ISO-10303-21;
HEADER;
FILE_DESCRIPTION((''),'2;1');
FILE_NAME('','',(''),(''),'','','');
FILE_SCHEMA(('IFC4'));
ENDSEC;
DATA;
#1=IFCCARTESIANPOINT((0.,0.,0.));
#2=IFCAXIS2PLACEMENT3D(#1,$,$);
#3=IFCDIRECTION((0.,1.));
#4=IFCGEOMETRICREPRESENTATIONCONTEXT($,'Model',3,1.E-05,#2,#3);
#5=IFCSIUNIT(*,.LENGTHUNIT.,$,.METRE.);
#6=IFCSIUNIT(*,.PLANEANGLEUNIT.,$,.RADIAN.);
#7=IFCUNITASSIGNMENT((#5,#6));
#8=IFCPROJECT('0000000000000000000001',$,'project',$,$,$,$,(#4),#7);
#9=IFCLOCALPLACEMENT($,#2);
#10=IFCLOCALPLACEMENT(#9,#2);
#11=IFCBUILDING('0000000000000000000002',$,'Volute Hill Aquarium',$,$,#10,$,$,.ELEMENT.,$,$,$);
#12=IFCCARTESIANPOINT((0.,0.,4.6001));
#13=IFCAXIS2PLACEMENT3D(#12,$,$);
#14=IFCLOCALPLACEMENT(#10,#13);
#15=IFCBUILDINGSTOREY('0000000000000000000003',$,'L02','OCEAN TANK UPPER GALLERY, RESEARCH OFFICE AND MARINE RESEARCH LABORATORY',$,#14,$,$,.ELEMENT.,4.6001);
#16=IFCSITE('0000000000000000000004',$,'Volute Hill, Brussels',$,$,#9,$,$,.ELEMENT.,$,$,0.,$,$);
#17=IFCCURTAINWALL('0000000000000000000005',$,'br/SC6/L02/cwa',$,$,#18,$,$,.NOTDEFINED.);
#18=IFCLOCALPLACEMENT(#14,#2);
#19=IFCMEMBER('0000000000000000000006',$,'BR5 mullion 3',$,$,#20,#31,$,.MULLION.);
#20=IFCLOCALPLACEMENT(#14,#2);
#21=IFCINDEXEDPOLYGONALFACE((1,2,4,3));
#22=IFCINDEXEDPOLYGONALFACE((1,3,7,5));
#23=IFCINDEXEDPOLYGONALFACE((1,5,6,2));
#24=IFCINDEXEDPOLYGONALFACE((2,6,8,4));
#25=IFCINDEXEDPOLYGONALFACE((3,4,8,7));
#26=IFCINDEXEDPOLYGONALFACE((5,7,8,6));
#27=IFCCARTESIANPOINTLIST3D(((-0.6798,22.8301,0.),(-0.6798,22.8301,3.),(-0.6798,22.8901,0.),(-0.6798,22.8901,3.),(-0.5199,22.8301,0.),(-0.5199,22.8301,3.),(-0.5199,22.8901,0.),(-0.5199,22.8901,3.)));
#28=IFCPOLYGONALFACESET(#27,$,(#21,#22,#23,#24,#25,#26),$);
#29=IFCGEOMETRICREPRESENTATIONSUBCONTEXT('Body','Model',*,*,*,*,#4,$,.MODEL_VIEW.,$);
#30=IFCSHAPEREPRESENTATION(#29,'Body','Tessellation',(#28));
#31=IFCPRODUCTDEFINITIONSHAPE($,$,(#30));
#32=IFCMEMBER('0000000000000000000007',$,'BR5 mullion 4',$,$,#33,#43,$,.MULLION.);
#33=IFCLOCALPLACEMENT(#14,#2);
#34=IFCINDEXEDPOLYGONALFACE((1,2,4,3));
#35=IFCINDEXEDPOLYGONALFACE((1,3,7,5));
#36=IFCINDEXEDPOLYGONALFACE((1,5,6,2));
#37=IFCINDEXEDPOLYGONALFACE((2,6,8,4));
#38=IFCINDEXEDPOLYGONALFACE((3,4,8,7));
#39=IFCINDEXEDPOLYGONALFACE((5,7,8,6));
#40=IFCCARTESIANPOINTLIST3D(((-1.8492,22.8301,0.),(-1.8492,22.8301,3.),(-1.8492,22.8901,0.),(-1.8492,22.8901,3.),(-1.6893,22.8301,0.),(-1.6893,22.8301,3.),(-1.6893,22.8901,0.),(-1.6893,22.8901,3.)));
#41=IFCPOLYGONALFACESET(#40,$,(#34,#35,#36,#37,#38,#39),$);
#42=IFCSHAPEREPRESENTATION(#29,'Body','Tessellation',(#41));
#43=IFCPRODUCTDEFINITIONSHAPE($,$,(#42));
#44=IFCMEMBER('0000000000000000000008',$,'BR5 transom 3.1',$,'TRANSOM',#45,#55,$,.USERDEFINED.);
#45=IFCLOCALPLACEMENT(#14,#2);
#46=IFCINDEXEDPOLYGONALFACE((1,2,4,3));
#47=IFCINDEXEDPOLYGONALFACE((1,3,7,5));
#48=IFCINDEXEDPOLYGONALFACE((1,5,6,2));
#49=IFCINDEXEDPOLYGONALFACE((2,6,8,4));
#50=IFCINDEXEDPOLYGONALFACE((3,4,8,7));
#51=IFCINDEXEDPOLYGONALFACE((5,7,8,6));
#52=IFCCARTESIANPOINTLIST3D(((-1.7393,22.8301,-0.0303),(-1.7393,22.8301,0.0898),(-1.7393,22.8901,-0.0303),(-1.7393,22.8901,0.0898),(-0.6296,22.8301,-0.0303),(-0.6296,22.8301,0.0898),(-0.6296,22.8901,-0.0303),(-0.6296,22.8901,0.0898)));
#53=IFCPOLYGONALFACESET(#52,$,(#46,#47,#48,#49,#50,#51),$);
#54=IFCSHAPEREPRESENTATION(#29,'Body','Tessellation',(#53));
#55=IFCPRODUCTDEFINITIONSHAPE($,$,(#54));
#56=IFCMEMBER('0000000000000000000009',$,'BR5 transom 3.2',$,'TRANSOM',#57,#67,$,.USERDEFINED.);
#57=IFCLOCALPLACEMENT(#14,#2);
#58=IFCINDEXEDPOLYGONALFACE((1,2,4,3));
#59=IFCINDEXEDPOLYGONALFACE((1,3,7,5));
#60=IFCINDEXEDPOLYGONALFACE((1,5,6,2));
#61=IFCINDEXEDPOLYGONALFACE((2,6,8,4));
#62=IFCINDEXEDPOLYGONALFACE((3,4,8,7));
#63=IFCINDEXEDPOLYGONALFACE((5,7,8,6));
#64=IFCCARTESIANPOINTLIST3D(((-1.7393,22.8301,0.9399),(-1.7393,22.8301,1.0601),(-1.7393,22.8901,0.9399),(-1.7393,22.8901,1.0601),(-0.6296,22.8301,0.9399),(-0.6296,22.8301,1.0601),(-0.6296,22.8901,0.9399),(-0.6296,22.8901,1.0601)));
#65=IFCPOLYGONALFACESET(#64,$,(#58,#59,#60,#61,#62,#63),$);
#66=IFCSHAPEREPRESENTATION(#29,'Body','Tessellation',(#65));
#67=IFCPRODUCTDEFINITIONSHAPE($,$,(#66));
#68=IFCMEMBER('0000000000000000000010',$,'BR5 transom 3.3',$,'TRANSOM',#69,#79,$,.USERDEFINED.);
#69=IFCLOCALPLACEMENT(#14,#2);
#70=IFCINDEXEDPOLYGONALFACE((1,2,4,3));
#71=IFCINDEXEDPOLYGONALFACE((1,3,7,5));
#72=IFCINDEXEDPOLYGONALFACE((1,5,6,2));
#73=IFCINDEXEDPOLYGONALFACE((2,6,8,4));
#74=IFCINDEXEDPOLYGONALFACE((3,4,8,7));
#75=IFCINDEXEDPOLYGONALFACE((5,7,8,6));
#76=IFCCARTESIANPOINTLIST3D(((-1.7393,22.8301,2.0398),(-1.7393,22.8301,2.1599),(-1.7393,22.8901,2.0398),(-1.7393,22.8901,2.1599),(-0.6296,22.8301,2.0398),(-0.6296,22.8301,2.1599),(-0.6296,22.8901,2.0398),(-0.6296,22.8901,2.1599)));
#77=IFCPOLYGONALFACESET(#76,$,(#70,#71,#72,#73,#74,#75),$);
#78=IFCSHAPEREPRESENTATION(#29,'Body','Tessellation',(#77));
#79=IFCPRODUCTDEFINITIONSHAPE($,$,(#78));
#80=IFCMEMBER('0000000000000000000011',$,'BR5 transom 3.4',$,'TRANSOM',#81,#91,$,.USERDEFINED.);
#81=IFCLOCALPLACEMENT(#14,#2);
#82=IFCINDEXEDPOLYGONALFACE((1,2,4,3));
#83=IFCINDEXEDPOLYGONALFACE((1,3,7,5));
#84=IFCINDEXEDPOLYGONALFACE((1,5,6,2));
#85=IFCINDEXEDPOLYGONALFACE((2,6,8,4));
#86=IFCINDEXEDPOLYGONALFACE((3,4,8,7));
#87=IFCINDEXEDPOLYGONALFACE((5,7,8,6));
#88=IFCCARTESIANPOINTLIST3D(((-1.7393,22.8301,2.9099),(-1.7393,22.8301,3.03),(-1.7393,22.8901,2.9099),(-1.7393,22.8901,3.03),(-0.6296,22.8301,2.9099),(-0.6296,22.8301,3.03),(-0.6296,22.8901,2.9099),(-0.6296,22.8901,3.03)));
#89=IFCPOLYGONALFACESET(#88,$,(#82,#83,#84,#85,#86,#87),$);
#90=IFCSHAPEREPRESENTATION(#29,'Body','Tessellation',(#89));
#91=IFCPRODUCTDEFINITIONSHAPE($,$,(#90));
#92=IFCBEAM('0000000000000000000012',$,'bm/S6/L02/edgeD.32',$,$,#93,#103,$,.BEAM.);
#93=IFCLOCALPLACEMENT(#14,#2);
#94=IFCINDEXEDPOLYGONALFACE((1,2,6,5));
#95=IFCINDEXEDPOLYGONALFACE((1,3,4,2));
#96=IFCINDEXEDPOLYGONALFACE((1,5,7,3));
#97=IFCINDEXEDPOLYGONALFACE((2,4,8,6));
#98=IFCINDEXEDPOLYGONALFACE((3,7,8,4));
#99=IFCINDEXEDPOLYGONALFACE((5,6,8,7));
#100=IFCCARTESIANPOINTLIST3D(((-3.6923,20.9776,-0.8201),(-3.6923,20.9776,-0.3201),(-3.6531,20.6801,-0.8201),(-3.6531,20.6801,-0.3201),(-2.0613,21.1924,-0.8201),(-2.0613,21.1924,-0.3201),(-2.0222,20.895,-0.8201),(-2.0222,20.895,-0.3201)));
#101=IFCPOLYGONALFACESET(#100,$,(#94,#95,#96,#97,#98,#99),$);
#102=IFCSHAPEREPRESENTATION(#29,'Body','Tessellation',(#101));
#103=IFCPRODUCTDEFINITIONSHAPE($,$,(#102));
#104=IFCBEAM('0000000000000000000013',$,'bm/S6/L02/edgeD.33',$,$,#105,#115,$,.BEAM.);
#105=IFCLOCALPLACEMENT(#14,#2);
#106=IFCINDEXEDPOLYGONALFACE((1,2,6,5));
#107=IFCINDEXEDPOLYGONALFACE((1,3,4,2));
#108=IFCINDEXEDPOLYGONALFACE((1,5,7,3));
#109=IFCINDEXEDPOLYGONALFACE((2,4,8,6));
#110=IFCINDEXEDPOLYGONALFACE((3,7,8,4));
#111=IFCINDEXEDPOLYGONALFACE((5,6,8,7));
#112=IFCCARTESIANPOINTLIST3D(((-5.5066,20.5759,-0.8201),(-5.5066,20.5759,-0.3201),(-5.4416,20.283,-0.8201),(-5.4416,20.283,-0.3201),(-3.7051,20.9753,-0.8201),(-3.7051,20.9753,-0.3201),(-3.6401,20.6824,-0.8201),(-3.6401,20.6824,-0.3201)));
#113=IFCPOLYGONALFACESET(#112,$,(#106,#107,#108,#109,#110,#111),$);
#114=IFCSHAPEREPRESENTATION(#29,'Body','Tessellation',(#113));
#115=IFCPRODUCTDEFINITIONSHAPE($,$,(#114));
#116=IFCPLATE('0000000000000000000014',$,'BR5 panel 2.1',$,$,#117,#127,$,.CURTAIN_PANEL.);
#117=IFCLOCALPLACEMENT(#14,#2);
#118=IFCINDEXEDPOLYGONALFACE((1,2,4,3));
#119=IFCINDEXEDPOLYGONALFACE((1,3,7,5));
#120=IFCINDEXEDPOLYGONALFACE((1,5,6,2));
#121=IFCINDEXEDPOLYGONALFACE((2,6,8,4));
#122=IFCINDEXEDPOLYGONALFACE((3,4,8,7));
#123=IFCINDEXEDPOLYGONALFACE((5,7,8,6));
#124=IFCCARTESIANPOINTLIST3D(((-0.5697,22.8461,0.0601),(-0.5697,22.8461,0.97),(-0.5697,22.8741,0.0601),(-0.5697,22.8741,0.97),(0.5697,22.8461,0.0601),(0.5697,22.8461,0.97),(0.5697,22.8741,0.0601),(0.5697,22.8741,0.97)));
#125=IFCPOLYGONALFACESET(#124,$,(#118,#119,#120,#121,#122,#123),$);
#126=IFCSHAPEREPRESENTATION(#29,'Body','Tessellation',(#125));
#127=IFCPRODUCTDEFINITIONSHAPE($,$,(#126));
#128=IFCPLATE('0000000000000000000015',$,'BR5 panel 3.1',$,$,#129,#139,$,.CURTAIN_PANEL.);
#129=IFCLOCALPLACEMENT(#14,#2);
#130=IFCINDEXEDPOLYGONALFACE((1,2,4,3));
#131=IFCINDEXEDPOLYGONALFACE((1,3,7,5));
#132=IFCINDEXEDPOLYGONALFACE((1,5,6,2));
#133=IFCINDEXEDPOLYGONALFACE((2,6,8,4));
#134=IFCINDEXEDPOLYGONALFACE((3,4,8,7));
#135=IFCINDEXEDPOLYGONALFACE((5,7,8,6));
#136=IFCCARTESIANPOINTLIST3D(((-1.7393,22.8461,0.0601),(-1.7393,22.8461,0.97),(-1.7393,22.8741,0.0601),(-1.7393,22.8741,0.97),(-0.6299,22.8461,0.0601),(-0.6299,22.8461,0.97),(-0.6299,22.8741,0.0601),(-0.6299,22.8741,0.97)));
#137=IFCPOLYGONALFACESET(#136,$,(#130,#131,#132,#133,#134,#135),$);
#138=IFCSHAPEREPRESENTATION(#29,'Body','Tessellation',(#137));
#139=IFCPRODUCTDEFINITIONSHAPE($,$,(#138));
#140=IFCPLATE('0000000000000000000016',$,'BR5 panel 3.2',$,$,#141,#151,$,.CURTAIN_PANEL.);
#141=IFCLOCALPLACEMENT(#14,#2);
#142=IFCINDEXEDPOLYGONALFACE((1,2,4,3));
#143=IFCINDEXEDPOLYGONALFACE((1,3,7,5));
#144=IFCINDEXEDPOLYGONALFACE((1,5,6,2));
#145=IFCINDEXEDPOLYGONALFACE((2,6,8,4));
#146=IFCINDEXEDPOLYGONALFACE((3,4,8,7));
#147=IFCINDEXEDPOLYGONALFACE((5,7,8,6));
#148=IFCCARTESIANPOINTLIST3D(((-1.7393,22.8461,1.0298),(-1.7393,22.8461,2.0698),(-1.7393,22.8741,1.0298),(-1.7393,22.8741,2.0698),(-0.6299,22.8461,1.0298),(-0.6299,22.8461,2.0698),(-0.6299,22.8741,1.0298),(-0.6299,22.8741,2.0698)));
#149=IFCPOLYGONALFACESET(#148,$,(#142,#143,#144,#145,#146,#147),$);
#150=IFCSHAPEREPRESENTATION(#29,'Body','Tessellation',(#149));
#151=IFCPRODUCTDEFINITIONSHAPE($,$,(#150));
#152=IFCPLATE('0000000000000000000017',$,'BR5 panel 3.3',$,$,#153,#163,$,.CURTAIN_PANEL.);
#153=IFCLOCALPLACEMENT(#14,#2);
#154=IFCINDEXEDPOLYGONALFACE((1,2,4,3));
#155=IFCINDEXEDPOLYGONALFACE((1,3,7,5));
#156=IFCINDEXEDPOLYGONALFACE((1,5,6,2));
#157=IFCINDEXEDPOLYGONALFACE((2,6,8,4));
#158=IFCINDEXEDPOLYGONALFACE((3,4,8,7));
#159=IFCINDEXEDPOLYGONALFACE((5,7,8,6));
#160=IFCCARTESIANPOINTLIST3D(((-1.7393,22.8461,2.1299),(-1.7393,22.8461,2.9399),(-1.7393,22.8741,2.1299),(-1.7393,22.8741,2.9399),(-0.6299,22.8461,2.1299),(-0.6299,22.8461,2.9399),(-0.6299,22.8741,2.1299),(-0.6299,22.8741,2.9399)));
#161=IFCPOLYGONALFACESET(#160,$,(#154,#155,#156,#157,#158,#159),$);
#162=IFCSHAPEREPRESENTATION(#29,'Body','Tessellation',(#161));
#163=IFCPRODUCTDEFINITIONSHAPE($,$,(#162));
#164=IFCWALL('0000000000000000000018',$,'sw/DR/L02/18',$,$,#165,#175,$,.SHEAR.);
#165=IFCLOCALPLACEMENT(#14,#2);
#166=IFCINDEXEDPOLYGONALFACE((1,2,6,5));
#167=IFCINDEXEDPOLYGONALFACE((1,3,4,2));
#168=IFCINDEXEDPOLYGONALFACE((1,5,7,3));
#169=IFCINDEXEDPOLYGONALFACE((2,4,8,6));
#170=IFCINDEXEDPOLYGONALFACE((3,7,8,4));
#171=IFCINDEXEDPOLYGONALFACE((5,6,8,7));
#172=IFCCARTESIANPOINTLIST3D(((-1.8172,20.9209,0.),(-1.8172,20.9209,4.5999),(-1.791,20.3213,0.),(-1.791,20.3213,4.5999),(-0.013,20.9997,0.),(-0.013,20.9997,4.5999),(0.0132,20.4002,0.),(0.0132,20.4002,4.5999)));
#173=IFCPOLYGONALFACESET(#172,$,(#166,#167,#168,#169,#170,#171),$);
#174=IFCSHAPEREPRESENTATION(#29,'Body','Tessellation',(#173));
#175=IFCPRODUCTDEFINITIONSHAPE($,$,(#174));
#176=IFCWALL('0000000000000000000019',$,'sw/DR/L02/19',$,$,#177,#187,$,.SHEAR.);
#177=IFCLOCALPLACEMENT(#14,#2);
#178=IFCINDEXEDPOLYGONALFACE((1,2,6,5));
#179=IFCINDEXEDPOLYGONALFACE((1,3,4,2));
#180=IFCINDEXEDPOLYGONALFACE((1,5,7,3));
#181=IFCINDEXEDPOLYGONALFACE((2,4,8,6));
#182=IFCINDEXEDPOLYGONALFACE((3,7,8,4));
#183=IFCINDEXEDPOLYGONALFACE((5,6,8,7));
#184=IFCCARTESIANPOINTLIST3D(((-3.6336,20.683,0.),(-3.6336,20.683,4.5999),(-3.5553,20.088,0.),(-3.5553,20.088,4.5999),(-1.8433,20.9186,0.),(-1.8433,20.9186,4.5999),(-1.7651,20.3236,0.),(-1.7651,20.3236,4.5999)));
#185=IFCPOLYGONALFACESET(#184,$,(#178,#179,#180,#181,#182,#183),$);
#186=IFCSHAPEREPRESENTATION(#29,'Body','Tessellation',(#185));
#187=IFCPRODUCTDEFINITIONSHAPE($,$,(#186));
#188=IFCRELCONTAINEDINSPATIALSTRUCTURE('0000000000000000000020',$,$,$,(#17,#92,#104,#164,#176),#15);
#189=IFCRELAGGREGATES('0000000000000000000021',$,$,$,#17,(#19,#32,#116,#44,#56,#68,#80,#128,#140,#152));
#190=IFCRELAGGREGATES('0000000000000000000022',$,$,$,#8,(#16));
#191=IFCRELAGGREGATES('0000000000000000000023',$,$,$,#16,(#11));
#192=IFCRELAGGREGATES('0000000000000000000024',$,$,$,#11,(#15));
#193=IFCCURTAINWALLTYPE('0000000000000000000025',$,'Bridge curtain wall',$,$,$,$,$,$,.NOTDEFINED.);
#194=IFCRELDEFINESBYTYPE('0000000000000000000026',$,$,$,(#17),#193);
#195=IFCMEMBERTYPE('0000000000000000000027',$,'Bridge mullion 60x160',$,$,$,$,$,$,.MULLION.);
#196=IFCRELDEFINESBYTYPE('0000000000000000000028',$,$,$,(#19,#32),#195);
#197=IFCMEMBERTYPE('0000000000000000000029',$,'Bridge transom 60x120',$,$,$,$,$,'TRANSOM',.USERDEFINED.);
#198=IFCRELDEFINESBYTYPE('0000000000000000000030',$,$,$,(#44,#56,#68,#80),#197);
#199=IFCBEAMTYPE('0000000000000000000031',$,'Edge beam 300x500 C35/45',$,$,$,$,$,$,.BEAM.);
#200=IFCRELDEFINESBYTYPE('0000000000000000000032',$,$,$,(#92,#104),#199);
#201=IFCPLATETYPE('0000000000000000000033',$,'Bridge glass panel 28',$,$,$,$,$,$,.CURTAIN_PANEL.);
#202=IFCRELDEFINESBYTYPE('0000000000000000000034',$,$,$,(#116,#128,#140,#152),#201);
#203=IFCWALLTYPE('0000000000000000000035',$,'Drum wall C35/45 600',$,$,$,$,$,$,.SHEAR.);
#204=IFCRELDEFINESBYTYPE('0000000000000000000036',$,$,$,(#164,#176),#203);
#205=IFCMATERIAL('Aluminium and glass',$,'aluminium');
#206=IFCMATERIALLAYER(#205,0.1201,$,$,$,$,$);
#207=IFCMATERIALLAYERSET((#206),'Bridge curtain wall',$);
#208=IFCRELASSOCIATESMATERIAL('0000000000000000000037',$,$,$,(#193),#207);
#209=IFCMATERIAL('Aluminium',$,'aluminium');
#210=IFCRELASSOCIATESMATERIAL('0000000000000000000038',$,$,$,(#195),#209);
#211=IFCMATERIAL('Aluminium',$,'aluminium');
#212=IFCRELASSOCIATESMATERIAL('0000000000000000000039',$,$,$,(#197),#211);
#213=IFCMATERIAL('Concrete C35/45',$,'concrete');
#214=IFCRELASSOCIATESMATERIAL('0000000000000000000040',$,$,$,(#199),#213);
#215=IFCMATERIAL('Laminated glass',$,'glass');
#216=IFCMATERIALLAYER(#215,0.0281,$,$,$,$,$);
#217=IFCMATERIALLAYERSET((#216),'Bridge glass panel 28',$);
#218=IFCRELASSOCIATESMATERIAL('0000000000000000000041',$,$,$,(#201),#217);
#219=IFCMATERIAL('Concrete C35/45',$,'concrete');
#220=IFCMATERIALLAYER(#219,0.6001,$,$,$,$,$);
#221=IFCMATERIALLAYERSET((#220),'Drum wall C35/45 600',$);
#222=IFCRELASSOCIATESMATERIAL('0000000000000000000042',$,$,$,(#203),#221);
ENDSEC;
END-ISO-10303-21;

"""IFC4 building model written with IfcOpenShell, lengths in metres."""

from ifc_helpers import new_model, si_unit, direction, frame, frame_2d, origin, origin_2d, place, context, subcontext, project, spatial, rectangle, extrude, material, layer, layer_set, material_profile, profile_set, type_object, element, aggregate, save


model = new_model("IFC4")

# Units and contexts
model_context = context("Model", 3, precision=1e-05, world=origin(), true_north=direction((0.0, 1.0)))
body_context = subcontext(model_context, "Body", "Model", "MODEL_VIEW")
ifc_project = project(units=[si_unit("LENGTHUNIT", "METRE"), si_unit("PLANEANGLEUNIT", "RADIAN")], contexts=[model_context])

# Site, building, storey
site_placement = place(None, origin())
site = spatial("IfcSite", under=ifc_project, at=site_placement, Name="Volute Hill, Brussels", CompositionType="ELEMENT", RefElevation=0.0)
building_placement = place(site_placement, origin())
building = spatial("IfcBuilding", under=site, at=building_placement, Name="Volute Hill Aquarium", CompositionType="ELEMENT")
storey_placement = place(building_placement, frame((0.0, 0.0, 4.6001)))
storey = spatial("IfcBuildingStorey", under=building, at=storey_placement, Name="L02", Description="OCEAN TANK UPPER GALLERY, RESEARCH OFFICE AND MARINE RESEARCH LABORATORY", CompositionType="ELEMENT", Elevation=4.6001)

# Curtain wall, members
ifc_material_1 = material(Name="Aluminium and glass", Category="aluminium")
ifc_layer_1 = layer(ifc_material_1, 0.1201)
ifc_layer_set_1 = layer_set([ifc_layer_1], Name="Bridge curtain wall")
curtain_wall_type = type_object("IfcCurtainWallType", Name="Bridge curtain wall", PredefinedType="NOTDEFINED", material=ifc_layer_set_1)
curtain_wall_placement = place(storey_placement, origin())
curtain_wall = element("IfcCurtainWall", 1, at=curtain_wall_placement, inside=storey, type_object=curtain_wall_type, Name="br/SC6/L02/cwa", PredefinedType="NOTDEFINED")
ifc_material_2 = material(Name="Aluminium", Category="aluminium")
ifc_material_profile_1 = material_profile(ifc_material_2, rectangle(XDim=0.0601, YDim=0.1599, at=origin_2d()), Name="Aluminium mullion 60x160")
ifc_profile_set_1 = profile_set([ifc_material_profile_1], Name="Aluminium")
member_type_1 = type_object("IfcMemberType", Name="Bridge mullion 60x160", PredefinedType="MULLION", material=ifc_profile_set_1)
member_1_placement = place(storey_placement, frame((-0.5999, 22.8601, 0.0), z_axis=(0.0, 0.0, 1.0), x_axis=(0.0, -1.0, 0.0)))
member_1 = element("IfcMember", 2, at=member_1_placement, type_object=member_type_1, Name="BR5 mullion 3", PredefinedType="MULLION", context=body_context, shape_type="SweptSolid", body=[
    extrude(rectangle(XDim=0.0601, YDim=0.1599, at=origin_2d()), origin(), (0.0, 0.0, 1.0), 3.0),
])
member_2_placement = place(storey_placement, frame((-1.7693, 22.8601, 0.0), z_axis=(0.0, 0.0, 1.0), x_axis=(0.0, -1.0, 0.0)))
member_2 = element("IfcMember", 3, at=member_2_placement, type_object=member_type_1, Name="BR5 mullion 4", PredefinedType="MULLION", context=body_context, shape_type="SweptSolid", body=[
    extrude(rectangle(XDim=0.0601, YDim=0.1599, at=origin_2d()), origin(), (0.0, 0.0, 1.0), 3.0),
])
ifc_material_3 = material(Name="Aluminium", Category="aluminium")
ifc_material_profile_2 = material_profile(ifc_material_3, rectangle(XDim=0.0601, YDim=0.1201, at=origin_2d()), Name="Aluminium transom 60x120")
ifc_profile_set_2 = profile_set([ifc_material_profile_2], Name="Aluminium")
member_type_2 = type_object("IfcMemberType", Name="Bridge transom 60x120", ElementType="TRANSOM", PredefinedType="USERDEFINED", material=ifc_profile_set_2)
member_3_placement = place(storey_placement, frame((-0.6296, 22.8601, 0.0298), z_axis=(-1.0, 0.0, 0.0), x_axis=(0.0, -1.0, 0.0)))
member_3 = element("IfcMember", 4, at=member_3_placement, type_object=member_type_2, Name="BR5 transom 3.1", ObjectType="TRANSOM", PredefinedType="USERDEFINED", context=body_context, shape_type="SweptSolid", body=[
    extrude(rectangle(XDim=0.0601, YDim=0.1201, at=origin_2d()), origin(), (0.0, 0.0, 1.0), 1.1096),
])
member_4_placement = place(storey_placement, frame((-0.6296, 22.8601, 1.0), z_axis=(-1.0, 0.0, 0.0), x_axis=(0.0, -1.0, 0.0)))
member_4 = element("IfcMember", 5, at=member_4_placement, type_object=member_type_2, Name="BR5 transom 3.2", ObjectType="TRANSOM", PredefinedType="USERDEFINED", context=body_context, shape_type="SweptSolid", body=[
    extrude(rectangle(XDim=0.0601, YDim=0.1201, at=origin_2d()), origin(), (0.0, 0.0, 1.0), 1.1096),
])
member_5_placement = place(storey_placement, frame((-0.6296, 22.8601, 2.0999), z_axis=(-1.0, 0.0, 0.0), x_axis=(0.0, -1.0, 0.0)))
member_5 = element("IfcMember", 6, at=member_5_placement, type_object=member_type_2, Name="BR5 transom 3.3", ObjectType="TRANSOM", PredefinedType="USERDEFINED", context=body_context, shape_type="SweptSolid", body=[
    extrude(rectangle(XDim=0.0601, YDim=0.1201, at=origin_2d()), origin(), (0.0, 0.0, 1.0), 1.1096),
])
member_6_placement = place(storey_placement, frame((-0.6296, 22.8601, 2.97), z_axis=(-1.0, 0.0, 0.0), x_axis=(0.0, -1.0, 0.0)))
member_6 = element("IfcMember", 7, at=member_6_placement, type_object=member_type_2, Name="BR5 transom 3.4", ObjectType="TRANSOM", PredefinedType="USERDEFINED", context=body_context, shape_type="SweptSolid", body=[
    extrude(rectangle(XDim=0.0601, YDim=0.1201, at=origin_2d()), origin(), (0.0, 0.0, 1.0), 1.1096),
])

# Beams
ifc_material_4 = material(Name="Concrete C35/45", Category="concrete")
ifc_material_profile_3 = material_profile(ifc_material_4, rectangle(XDim=0.3, YDim=0.5, at=origin_2d()), Name="RC edge beam 300x500")
ifc_profile_set_3 = profile_set([ifc_material_profile_3], Name="Concrete C35/45")
beam_type = type_object("IfcBeamType", Name="Edge beam 300x500 C35/45", PredefinedType="BEAM", material=ifc_profile_set_3)
beam_1_placement = place(storey_placement, frame((-2.0417, 21.0437, -0.5701), z_axis=(-0.991434, -0.130608, 0.0), x_axis=(0.130608, -0.991434, 0.0)))
element("IfcBeam", 8, at=beam_1_placement, inside=storey, type_object=beam_type, Name="bm/S6/L02/edgeD.32", PredefinedType="BEAM", context=body_context, shape_type="SweptSolid", body=[
    extrude(rectangle(XDim=0.3, YDim=0.5, at=origin_2d()), origin(), (0.0, 0.0, 1.0), 1.645),
])
beam_2_placement = place(storey_placement, frame((-3.6726, 20.8289, -0.5701), z_axis=(-0.976293, -0.216454, 0.0), x_axis=(0.216454, -0.976293, 0.0)))
element("IfcBeam", 9, at=beam_2_placement, inside=storey, type_object=beam_type, Name="bm/S6/L02/edgeD.33", PredefinedType="BEAM", context=body_context, shape_type="SweptSolid", body=[
    extrude(rectangle(XDim=0.3, YDim=0.5, at=origin_2d()), origin(), (0.0, 0.0, 1.0), 1.8452),
])

# Plates
ifc_material_5 = material(Name="Laminated glass", Category="glass")
ifc_layer_2 = layer(ifc_material_5, 0.0281)
ifc_layer_set_2 = layer_set([ifc_layer_2], Name="Bridge glass panel 28")
plate_type = type_object("IfcPlateType", Name="Bridge glass panel 28", PredefinedType="CURTAIN_PANEL", material=ifc_layer_set_2)
plate_1_placement = place(storey_placement, frame((0.0, 22.8601, 0.0601), z_axis=(0.0, 0.0, 1.0), x_axis=(-1.0, 0.0, 0.0)))
plate_1 = element("IfcPlate", 10, at=plate_1_placement, type_object=plate_type, Name="BR5 panel 2.1", PredefinedType="CURTAIN_PANEL", context=body_context, shape_type="SweptSolid", body=[
    extrude(rectangle(XDim=1.1394, YDim=0.0281, at=origin_2d()), origin(), (0.0, 0.0, 1.0), 0.9099),
])
plate_2_placement = place(storey_placement, frame((-1.1846, 22.8601, 0.0601), z_axis=(0.0, 0.0, 1.0), x_axis=(-1.0, 0.0, 0.0)))
plate_2 = element("IfcPlate", 11, at=plate_2_placement, type_object=plate_type, Name="BR5 panel 3.1", PredefinedType="CURTAIN_PANEL", context=body_context, shape_type="SweptSolid", body=[
    extrude(rectangle(XDim=1.1094, YDim=0.0281, at=origin_2d()), origin(), (0.0, 0.0, 1.0), 0.9099),
])
plate_3_placement = place(storey_placement, frame((-1.1846, 22.8601, 1.0298), z_axis=(0.0, 0.0, 1.0), x_axis=(-1.0, 0.0, 0.0)))
plate_3 = element("IfcPlate", 12, at=plate_3_placement, type_object=plate_type, Name="BR5 panel 3.2", PredefinedType="CURTAIN_PANEL", context=body_context, shape_type="SweptSolid", body=[
    extrude(rectangle(XDim=1.1094, YDim=0.0281, at=origin_2d()), origin(), (0.0, 0.0, 1.0), 1.04),
])
plate_4_placement = place(storey_placement, frame((-1.1846, 22.8601, 2.1299), z_axis=(0.0, 0.0, 1.0), x_axis=(-1.0, 0.0, 0.0)))
plate_4 = element("IfcPlate", 13, at=plate_4_placement, type_object=plate_type, Name="BR5 panel 3.3", PredefinedType="CURTAIN_PANEL", context=body_context, shape_type="SweptSolid", body=[
    extrude(rectangle(XDim=1.1094, YDim=0.0281, at=origin_2d()), origin(), (0.0, 0.0, 1.0), 0.8101),
])
aggregate(curtain_wall, [member_1, member_2, plate_1, member_3, member_4, member_5, member_6, plate_2, plate_3, plate_4])

# Walls
ifc_material_6 = material(Name="Concrete C35/45", Category="concrete")
ifc_layer_3 = layer(ifc_material_6, 0.6001)
ifc_layer_set_3 = layer_set([ifc_layer_3], Name="Drum wall C35/45 600")
wall_type_1 = type_object("IfcWallType", Name="Drum wall C35/45 600", PredefinedType="SHEAR", material=ifc_layer_set_3)
wall_1_placement = place(storey_placement, frame((0.0, 20.7, 0.0), z_axis=(0.0, 0.0, 1.0), x_axis=(-0.999046, -0.043666, 0.0)))
element("IfcWall", 14, at=wall_1_placement, inside=storey, type_object=wall_type_1, Name="sw/DR/L02/18", PredefinedType="SHEAR", context=body_context, shape_type="SweptSolid", body=[
    extrude(rectangle(XDim=1.8059, YDim=0.6001, at=frame_2d((0.9028, 0.0))), origin(), (0.0, 0.0, 1.0), 4.5999),
])
wall_2_placement = place(storey_placement, frame((-1.8042, 20.6211, 0.0), z_axis=(0.0, 0.0, 1.0), x_axis=(-0.991452, -0.130472, 0.0)))
element("IfcWall", 15, at=wall_2_placement, inside=storey, type_object=wall_type_1, Name="sw/DR/L02/19", PredefinedType="SHEAR", context=body_context, shape_type="SweptSolid", body=[
    extrude(rectangle(XDim=1.8057, YDim=0.6001, at=frame_2d((0.9028, 0.0))), origin(), (0.0, 0.0, 1.0), 4.5999),
])

save(model, "model.ifc")
